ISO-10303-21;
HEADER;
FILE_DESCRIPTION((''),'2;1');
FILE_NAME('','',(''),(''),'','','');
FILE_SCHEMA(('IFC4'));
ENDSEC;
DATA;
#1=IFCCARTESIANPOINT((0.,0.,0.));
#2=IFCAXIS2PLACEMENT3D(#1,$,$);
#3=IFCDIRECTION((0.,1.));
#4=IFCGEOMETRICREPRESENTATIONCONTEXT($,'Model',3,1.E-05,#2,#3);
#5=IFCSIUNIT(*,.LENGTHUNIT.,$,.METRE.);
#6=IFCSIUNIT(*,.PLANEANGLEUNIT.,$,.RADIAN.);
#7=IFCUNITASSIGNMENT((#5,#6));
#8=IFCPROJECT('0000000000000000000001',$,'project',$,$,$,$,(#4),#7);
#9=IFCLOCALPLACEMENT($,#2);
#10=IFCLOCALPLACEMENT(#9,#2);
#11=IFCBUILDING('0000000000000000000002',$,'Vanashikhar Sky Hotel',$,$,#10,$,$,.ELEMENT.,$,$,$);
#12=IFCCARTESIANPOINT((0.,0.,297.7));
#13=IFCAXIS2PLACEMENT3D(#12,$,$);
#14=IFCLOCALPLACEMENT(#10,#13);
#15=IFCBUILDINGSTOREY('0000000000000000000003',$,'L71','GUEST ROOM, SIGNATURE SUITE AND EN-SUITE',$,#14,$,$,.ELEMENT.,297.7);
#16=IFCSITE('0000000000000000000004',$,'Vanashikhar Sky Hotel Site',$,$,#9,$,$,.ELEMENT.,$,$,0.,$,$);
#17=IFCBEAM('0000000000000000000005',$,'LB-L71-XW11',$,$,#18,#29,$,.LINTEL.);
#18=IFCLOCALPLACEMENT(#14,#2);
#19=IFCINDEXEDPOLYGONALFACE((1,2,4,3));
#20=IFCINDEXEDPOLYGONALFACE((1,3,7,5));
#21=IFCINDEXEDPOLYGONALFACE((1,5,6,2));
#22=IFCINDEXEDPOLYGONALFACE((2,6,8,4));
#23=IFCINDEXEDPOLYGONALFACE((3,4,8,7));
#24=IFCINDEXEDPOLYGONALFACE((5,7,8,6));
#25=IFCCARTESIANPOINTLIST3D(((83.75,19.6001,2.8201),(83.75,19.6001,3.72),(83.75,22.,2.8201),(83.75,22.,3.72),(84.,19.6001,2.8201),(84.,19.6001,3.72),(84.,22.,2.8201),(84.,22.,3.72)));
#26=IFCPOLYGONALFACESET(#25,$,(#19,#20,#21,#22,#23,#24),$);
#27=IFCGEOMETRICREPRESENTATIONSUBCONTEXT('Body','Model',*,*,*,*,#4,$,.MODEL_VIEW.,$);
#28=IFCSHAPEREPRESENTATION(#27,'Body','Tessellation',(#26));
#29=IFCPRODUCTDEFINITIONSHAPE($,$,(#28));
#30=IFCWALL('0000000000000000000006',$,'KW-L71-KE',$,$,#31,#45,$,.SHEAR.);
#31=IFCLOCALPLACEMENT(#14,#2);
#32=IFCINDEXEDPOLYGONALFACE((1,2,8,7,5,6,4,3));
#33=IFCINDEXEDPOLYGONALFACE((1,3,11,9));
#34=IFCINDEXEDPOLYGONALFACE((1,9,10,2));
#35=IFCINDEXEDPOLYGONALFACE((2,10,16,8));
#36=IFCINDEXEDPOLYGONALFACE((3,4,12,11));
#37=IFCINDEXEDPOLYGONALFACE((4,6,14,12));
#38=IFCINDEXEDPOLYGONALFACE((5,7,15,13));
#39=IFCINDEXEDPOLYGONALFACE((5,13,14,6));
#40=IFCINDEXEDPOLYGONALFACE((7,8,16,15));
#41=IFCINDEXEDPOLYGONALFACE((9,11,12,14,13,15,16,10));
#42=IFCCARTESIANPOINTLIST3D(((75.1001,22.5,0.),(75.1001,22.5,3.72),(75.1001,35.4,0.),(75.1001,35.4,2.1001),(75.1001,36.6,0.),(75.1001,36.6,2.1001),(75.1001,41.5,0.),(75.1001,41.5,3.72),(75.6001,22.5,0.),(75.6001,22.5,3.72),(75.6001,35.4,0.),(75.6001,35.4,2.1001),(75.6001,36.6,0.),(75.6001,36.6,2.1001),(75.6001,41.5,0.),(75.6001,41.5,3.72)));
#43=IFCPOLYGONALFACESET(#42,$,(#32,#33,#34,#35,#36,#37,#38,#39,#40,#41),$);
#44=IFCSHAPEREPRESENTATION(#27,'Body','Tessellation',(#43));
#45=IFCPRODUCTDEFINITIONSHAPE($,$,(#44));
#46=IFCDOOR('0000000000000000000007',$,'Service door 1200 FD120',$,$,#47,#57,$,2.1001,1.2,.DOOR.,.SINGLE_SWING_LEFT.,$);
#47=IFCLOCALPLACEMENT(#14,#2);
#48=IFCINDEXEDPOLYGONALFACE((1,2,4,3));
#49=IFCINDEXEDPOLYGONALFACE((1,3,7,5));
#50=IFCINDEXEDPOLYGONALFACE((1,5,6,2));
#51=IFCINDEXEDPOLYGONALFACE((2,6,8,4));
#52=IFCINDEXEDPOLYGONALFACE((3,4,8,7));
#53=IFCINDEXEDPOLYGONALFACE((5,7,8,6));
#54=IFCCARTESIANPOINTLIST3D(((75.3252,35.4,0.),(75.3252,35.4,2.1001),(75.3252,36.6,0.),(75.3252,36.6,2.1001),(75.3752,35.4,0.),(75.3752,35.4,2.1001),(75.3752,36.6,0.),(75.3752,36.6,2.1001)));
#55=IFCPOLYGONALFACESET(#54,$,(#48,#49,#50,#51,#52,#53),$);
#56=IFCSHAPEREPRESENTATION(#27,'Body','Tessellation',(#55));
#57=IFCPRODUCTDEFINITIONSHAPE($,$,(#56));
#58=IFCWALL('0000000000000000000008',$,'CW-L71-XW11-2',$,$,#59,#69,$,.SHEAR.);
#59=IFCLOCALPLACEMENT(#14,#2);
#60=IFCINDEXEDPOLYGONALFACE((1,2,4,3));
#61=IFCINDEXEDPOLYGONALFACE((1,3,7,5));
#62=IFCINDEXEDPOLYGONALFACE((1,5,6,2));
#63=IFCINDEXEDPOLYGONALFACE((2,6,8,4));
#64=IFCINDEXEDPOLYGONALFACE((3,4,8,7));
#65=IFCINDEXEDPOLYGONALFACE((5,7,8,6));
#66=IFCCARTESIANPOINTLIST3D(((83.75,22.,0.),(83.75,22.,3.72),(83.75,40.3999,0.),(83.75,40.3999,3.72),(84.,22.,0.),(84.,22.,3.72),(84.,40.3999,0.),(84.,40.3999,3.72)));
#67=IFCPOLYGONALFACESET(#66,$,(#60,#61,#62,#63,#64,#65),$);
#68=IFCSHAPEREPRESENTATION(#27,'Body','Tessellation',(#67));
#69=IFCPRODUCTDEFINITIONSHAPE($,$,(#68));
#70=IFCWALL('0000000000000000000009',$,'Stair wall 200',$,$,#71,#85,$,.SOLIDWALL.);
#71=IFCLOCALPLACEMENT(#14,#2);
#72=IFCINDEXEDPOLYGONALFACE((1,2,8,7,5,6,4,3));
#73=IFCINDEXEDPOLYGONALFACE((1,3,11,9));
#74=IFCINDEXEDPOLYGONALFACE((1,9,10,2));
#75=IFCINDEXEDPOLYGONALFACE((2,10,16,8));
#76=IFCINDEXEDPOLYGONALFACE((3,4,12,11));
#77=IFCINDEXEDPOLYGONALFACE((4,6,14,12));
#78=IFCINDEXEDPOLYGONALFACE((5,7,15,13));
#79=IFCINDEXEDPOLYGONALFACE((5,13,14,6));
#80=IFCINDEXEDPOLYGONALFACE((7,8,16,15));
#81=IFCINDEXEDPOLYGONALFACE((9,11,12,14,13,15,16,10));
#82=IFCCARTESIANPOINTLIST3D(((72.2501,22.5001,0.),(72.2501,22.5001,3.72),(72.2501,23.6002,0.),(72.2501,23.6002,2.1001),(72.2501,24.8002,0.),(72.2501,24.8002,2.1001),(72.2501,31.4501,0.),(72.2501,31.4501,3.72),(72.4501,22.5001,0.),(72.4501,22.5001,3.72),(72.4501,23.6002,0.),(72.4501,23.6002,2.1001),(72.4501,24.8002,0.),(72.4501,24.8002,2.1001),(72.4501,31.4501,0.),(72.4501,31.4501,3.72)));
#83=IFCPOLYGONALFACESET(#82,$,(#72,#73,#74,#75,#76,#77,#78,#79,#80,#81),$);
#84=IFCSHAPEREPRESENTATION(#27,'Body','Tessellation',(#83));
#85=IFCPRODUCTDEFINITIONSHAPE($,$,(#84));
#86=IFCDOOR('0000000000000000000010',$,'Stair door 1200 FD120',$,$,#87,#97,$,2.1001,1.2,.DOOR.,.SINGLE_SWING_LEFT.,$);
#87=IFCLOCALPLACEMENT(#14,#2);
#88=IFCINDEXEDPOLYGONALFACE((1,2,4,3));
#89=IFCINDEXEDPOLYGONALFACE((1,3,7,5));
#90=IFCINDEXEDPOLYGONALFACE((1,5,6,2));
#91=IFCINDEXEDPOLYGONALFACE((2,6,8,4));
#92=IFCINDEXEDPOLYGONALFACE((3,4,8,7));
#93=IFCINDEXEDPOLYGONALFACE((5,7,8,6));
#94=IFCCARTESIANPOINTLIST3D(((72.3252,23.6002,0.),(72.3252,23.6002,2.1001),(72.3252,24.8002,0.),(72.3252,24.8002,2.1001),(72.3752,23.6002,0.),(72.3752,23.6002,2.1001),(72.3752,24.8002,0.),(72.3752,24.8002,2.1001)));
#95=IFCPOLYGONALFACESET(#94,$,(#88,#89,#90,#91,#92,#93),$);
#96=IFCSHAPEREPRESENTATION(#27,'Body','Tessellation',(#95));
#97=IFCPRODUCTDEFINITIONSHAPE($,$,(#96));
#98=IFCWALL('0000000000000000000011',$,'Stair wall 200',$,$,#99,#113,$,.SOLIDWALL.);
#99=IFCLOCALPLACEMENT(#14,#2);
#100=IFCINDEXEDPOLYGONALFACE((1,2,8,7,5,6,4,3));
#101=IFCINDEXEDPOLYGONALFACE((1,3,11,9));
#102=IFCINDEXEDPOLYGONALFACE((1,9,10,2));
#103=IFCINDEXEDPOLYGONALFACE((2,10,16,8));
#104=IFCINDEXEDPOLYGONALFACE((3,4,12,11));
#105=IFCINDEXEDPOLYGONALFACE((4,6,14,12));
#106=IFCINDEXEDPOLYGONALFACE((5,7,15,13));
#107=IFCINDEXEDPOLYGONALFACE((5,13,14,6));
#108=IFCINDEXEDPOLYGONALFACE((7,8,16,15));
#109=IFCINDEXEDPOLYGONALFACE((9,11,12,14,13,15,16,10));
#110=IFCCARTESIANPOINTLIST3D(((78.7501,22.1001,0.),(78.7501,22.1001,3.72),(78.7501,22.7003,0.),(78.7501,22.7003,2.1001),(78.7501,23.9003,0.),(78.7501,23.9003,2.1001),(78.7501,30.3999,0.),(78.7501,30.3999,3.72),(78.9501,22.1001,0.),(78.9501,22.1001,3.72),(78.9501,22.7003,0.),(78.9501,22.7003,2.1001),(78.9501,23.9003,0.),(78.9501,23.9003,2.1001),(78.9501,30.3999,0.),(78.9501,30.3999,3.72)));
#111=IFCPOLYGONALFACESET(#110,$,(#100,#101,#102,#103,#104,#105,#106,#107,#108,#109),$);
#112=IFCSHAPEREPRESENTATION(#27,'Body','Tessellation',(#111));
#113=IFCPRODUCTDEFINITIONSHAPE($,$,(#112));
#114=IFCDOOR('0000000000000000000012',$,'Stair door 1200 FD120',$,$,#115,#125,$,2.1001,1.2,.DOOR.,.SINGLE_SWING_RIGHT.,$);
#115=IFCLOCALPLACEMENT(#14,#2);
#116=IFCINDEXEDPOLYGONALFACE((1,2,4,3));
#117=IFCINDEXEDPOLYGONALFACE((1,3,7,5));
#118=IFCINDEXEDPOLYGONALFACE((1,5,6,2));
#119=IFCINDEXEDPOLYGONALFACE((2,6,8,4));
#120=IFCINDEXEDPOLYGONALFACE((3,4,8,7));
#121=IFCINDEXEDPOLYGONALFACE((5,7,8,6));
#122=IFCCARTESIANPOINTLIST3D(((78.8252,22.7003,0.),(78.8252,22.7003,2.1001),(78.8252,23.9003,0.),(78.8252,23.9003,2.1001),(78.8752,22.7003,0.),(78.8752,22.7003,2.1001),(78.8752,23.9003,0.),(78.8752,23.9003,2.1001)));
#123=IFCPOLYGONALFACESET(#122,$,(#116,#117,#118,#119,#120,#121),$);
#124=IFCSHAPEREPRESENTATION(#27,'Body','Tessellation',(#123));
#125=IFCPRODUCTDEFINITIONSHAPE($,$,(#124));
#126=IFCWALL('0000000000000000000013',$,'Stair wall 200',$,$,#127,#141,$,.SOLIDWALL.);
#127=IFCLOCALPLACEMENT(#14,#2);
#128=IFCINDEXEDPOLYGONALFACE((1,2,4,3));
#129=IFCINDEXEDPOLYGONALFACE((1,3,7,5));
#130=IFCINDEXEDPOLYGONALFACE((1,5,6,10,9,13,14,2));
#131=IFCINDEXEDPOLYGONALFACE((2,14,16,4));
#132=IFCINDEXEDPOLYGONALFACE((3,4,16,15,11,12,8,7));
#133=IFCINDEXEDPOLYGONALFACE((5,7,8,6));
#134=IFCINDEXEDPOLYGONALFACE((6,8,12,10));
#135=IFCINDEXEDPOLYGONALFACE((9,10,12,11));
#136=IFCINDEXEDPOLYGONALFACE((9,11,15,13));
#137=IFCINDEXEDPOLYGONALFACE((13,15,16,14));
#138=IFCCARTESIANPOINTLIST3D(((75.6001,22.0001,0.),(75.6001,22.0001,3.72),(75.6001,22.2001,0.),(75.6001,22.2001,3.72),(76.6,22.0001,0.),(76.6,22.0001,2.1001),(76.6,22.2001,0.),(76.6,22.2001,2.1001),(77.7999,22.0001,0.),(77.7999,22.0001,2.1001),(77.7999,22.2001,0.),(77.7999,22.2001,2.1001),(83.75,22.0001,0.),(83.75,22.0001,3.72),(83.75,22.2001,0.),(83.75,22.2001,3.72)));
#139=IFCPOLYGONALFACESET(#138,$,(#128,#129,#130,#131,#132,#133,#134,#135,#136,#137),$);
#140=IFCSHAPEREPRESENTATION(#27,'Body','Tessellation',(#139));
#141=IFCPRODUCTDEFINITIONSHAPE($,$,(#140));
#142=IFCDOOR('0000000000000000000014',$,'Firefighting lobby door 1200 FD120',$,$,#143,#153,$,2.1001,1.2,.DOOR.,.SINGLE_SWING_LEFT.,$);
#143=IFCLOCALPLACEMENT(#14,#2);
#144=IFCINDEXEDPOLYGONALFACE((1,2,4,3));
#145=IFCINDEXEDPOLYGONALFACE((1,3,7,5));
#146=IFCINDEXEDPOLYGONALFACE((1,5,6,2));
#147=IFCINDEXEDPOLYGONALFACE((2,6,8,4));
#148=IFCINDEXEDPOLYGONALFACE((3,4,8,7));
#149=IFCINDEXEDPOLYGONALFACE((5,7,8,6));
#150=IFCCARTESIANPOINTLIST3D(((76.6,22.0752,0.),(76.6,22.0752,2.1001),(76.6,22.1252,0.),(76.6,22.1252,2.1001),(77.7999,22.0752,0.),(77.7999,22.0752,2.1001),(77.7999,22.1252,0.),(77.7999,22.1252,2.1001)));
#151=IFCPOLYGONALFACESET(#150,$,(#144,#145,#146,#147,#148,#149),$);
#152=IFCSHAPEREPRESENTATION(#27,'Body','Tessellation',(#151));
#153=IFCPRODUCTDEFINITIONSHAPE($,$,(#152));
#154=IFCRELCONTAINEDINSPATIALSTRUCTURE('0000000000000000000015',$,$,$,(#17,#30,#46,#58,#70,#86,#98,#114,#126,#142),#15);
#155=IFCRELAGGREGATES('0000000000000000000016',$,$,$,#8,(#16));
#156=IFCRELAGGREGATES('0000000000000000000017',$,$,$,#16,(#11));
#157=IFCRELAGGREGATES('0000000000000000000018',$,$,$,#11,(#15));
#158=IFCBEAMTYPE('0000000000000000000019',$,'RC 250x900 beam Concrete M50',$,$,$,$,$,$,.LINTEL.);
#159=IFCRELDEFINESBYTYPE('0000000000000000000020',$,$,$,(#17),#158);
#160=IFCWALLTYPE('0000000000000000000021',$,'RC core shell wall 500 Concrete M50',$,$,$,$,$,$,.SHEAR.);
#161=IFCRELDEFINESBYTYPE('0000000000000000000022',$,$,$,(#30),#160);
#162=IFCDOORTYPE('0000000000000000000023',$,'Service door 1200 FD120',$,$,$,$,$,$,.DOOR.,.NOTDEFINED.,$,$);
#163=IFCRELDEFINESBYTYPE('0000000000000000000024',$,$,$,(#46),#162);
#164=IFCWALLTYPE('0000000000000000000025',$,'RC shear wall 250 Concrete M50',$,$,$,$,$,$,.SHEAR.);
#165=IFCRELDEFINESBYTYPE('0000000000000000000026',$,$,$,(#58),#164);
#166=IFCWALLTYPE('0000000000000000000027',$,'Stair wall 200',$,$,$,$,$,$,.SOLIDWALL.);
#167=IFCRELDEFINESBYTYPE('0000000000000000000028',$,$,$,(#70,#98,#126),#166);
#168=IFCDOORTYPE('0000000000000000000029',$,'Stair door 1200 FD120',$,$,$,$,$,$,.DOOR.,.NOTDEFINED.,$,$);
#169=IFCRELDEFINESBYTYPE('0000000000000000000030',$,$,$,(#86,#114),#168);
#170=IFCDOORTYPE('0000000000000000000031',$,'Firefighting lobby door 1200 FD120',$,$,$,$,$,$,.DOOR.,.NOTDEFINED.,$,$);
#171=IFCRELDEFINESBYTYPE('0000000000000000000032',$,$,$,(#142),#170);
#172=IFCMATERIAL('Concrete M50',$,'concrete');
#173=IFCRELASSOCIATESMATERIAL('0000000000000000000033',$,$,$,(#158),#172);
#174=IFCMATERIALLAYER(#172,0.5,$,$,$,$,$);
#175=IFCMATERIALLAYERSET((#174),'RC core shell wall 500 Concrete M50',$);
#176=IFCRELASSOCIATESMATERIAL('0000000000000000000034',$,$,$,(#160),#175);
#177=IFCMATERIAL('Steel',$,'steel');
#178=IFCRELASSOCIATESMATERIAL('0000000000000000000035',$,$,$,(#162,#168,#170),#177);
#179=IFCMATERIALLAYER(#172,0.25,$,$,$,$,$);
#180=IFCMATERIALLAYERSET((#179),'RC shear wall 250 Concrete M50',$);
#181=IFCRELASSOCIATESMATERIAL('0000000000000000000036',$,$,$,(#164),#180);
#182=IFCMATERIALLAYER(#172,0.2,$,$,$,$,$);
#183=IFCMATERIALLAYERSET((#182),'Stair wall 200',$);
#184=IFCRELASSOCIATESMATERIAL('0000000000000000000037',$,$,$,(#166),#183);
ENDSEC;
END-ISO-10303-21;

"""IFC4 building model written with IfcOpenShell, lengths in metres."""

from ifc_helpers import new_model, si_unit, direction, frame, frame_2d, origin, origin_2d, place, context, subcontext, project, spatial, rectangle, extrude, source, transform, mapped, material, layer, layer_set, material_profile, profile_set, type_object, element, fill, save


model = new_model("IFC4")

# Units and contexts
model_context = context("Model", 3, precision=1e-05, world=origin(), true_north=direction((0.0, 1.0)))
body_context = subcontext(model_context, "Body", "Model", "MODEL_VIEW")
ifc_project = project(units=[si_unit("LENGTHUNIT", "METRE"), si_unit("PLANEANGLEUNIT", "RADIAN")], contexts=[model_context])

# Site, building, storey
site_placement = place(None, origin())
site = spatial("IfcSite", under=ifc_project, at=site_placement, Name="Vanashikhar Sky Hotel Site", CompositionType="ELEMENT", RefElevation=0.0)
building_placement = place(site_placement, origin())
building = spatial("IfcBuilding", under=site, at=building_placement, Name="Vanashikhar Sky Hotel", CompositionType="ELEMENT")
storey_placement = place(building_placement, frame((0.0, 0.0, 297.7)))
storey = spatial("IfcBuildingStorey", under=building, at=storey_placement, Name="L71", Description="GUEST ROOM, SIGNATURE SUITE AND EN-SUITE", CompositionType="ELEMENT", Elevation=297.7)

# Beam
ifc_material_1 = material(Name="Concrete M50", Category="concrete")
ifc_material_profile = material_profile(ifc_material_1, rectangle(XDim=0.25, YDim=0.8999, at=origin_2d()))
ifc_profile_set = profile_set([ifc_material_profile], Name="RC 250x900 beam Concrete M50")
beam_type = type_object("IfcBeamType", Name="RC 250x900 beam Concrete M50", PredefinedType="LINTEL", material=ifc_profile_set)
shared_shape_1 = source(origin(), body_context, "Body", "SweptSolid", [
    extrude(rectangle(XDim=0.25, YDim=0.8999, at=origin_2d()), origin(), (0.0, 0.0, 1.0), 2.3999),
])
beam_placement = place(storey_placement, frame((83.875, 19.6001, 3.27), z_axis=(0.0, 1.0, 0.0), x_axis=(-1.0, 0.0, 0.0)))
element("IfcBeam", 1, at=beam_placement, inside=storey, type_object=beam_type, Name="LB-L71-XW11", PredefinedType="LINTEL", context=body_context, shape_type="MappedRepresentation", body=[
    mapped(shared_shape_1, transform((0.0, 0.0, 0.0), scale=1.0)),
])

# Wall, opening, door
ifc_layer_1 = layer(ifc_material_1, 0.5)
ifc_layer_set_1 = layer_set([ifc_layer_1], Name="RC core shell wall 500 Concrete M50")
wall_type_1 = type_object("IfcWallType", Name="RC core shell wall 500 Concrete M50", PredefinedType="SHEAR", material=ifc_layer_set_1)
shared_shape_2 = source(origin(), body_context, "Body", "SweptSolid", [
    extrude(rectangle(XDim=19.0, YDim=0.5, at=frame_2d((9.5, 0.0))), origin(), (0.0, 0.0, 1.0), 3.72),
])
wall_1_placement = place(storey_placement, frame((75.3501, 22.5, 0.0), z_axis=(0.0, 0.0, 1.0), x_axis=(0.0, 1.0, 0.0)))
wall_1 = element("IfcWall", 2, at=wall_1_placement, inside=storey, type_object=wall_type_1, Name="KW-L71-KE", PredefinedType="SHEAR", context=body_context, shape_type="MappedRepresentation", body=[
    mapped(shared_shape_2, transform((0.0, 0.0, 0.0), scale=1.0)),
])
shared_shape_3 = source(origin(), body_context, "Body", "SweptSolid", [
    extrude(rectangle(XDim=1.2, YDim=2.1001, at=frame_2d((0.6001, 1.05))), frame((0.0, 0.26, 0.0), z_axis=(0.0, -1.0, 0.0), x_axis=(1.0, 0.0, 0.0)), (0.0, 0.0, 1.0), 0.52),
])
opening_1_placement = place(wall_1_placement, frame((12.8999, 0.0, 0.0)))
opening_1 = element("IfcOpeningElement", 3, at=opening_1_placement, cuts=wall_1, PredefinedType="OPENING", context=body_context, shape_type="MappedRepresentation", body=[
    mapped(shared_shape_3, transform((0.0, 0.0, 0.0), scale=1.0)),
])
ifc_material_2 = material(Name="Steel", Category="steel")
door_type_1 = type_object("IfcDoorType", Name="Service door 1200 FD120", OperationType="NOTDEFINED", PredefinedType="DOOR", material=ifc_material_2)
shared_shape_4 = source(origin(), body_context, "Body", "SweptSolid", [
    extrude(rectangle(XDim=1.2, YDim=2.1001, at=frame_2d((0.6001, 1.05))), frame((0.0, 0.0249, 0.0), z_axis=(0.0, -1.0, 0.0), x_axis=(1.0, 0.0, 0.0)), (0.0, 0.0, 1.0), 0.05),
])
door_1_placement = place(opening_1_placement, origin())
door_1 = element("IfcDoor", 4, at=door_1_placement, inside=storey, type_object=door_type_1, Name="Service door 1200 FD120", OperationType="SINGLE_SWING_LEFT", OverallHeight=2.1001, OverallWidth=1.2, PredefinedType="DOOR", context=body_context, shape_type="MappedRepresentation", body=[
    mapped(shared_shape_4, transform((0.0, 0.0, 0.0), scale=1.0)),
])
fill(opening_1, door_1)

# Wall
ifc_layer_2 = layer(ifc_material_1, 0.25)
ifc_layer_set_2 = layer_set([ifc_layer_2], Name="RC shear wall 250 Concrete M50")
wall_type_2 = type_object("IfcWallType", Name="RC shear wall 250 Concrete M50", PredefinedType="SHEAR", material=ifc_layer_set_2)
shared_shape_5 = source(origin(), body_context, "Body", "SweptSolid", [
    extrude(rectangle(XDim=18.3999, YDim=0.25, at=frame_2d((9.2, 0.0))), origin(), (0.0, 0.0, 1.0), 3.72),
])
wall_2_placement = place(storey_placement, frame((83.875, 22.0, 0.0), z_axis=(0.0, 0.0, 1.0), x_axis=(0.0, 1.0, 0.0)))
element("IfcWall", 5, at=wall_2_placement, inside=storey, type_object=wall_type_2, Name="CW-L71-XW11-2", PredefinedType="SHEAR", context=body_context, shape_type="MappedRepresentation", body=[
    mapped(shared_shape_5, transform((0.0, 0.0, 0.0), scale=1.0)),
])

# Walls, openings, doors
ifc_layer_3 = layer(ifc_material_1, 0.2)
ifc_layer_set_3 = layer_set([ifc_layer_3], Name="Stair wall 200")
wall_type_3 = type_object("IfcWallType", Name="Stair wall 200", PredefinedType="SOLIDWALL", material=ifc_layer_set_3)
shared_shape_6 = source(origin(), body_context, "Body", "SweptSolid", [
    extrude(rectangle(XDim=8.95, YDim=0.2, at=frame_2d((4.4751, 0.0))), origin(), (0.0, 0.0, 1.0), 3.72),
])
wall_3_placement = place(storey_placement, frame((72.3501, 22.5, 0.0), z_axis=(0.0, 0.0, 1.0), x_axis=(0.0, 1.0, 0.0)))
wall_3 = element("IfcWall", 6, at=wall_3_placement, inside=storey, type_object=wall_type_3, Name="Stair wall 200", PredefinedType="SOLIDWALL", context=body_context, shape_type="MappedRepresentation", body=[
    mapped(shared_shape_6, transform((0.0, 0.0, 0.0), scale=1.0)),
])
shared_shape_7 = source(origin(), body_context, "Body", "SweptSolid", [
    extrude(rectangle(XDim=1.2, YDim=2.1001, at=frame_2d((0.6001, 1.05))), frame((0.0, 0.1099, 0.0), z_axis=(0.0, -1.0, 0.0), x_axis=(1.0, 0.0, 0.0)), (0.0, 0.0, 1.0), 0.22),
])
opening_2_placement = place(wall_3_placement, frame((1.1001, 0.0, 0.0)))
opening_2 = element("IfcOpeningElement", 7, at=opening_2_placement, cuts=wall_3, PredefinedType="OPENING", context=body_context, shape_type="MappedRepresentation", body=[
    mapped(shared_shape_7, transform((0.0, 0.0, 0.0), scale=1.0)),
])
door_type_2 = type_object("IfcDoorType", Name="Stair door 1200 FD120", OperationType="NOTDEFINED", PredefinedType="DOOR", material=ifc_material_2)
door_2_placement = place(opening_2_placement, origin())
door_2 = element("IfcDoor", 8, at=door_2_placement, inside=storey, type_object=door_type_2, Name="Stair door 1200 FD120", OperationType="SINGLE_SWING_LEFT", OverallHeight=2.1001, OverallWidth=1.2, PredefinedType="DOOR", context=body_context, shape_type="MappedRepresentation", body=[
    mapped(shared_shape_4, transform((0.0, 0.0, 0.0), scale=1.0)),
])
fill(opening_2, door_2)
shared_shape_8 = source(origin(), body_context, "Body", "SweptSolid", [
    extrude(rectangle(XDim=8.2998, YDim=0.2, at=frame_2d((4.1499, 0.0))), origin(), (0.0, 0.0, 1.0), 3.72),
])
wall_4_placement = place(storey_placement, frame((78.8501, 22.1001, 0.0), z_axis=(0.0, 0.0, 1.0), x_axis=(0.0, 1.0, 0.0)))
wall_4 = element("IfcWall", 9, at=wall_4_placement, inside=storey, type_object=wall_type_3, Name="Stair wall 200", PredefinedType="SOLIDWALL", context=body_context, shape_type="MappedRepresentation", body=[
    mapped(shared_shape_8, transform((0.0, 0.0, 0.0), scale=1.0)),
])
opening_3_placement = place(wall_4_placement, frame((0.6001, 0.0, 0.0)))
opening_3 = element("IfcOpeningElement", 10, at=opening_3_placement, cuts=wall_4, PredefinedType="OPENING", context=body_context, shape_type="MappedRepresentation", body=[
    mapped(shared_shape_7, transform((0.0, 0.0, 0.0), scale=1.0)),
])
door_3_placement = place(opening_3_placement, origin())
door_3 = element("IfcDoor", 11, at=door_3_placement, inside=storey, type_object=door_type_2, Name="Stair door 1200 FD120", OperationType="SINGLE_SWING_RIGHT", OverallHeight=2.1001, OverallWidth=1.2, PredefinedType="DOOR", context=body_context, shape_type="MappedRepresentation", body=[
    mapped(shared_shape_4, transform((0.0, 0.0, 0.0), scale=1.0)),
])
fill(opening_3, door_3)
shared_shape_9 = source(origin(), body_context, "Body", "SweptSolid", [
    extrude(rectangle(XDim=8.1499, YDim=0.2, at=frame_2d((4.075, 0.0))), origin(), (0.0, 0.0, 1.0), 3.72),
])
wall_5_placement = place(storey_placement, frame((83.75, 22.1001, 0.0), z_axis=(0.0, 0.0, 1.0), x_axis=(-1.0, 0.0, 0.0)))
wall_5 = element("IfcWall", 12, at=wall_5_placement, inside=storey, type_object=wall_type_3, Name="Stair wall 200", PredefinedType="SOLIDWALL", context=body_context, shape_type="MappedRepresentation", body=[
    mapped(shared_shape_9, transform((0.0, 0.0, 0.0), scale=1.0)),
])
opening_4_placement = place(wall_5_placement, frame((5.95, 0.0, 0.0)))
opening_4 = element("IfcOpeningElement", 13, at=opening_4_placement, cuts=wall_5, PredefinedType="OPENING", context=body_context, shape_type="MappedRepresentation", body=[
    mapped(shared_shape_7, transform((0.0, 0.0, 0.0), scale=1.0)),
])
door_type_3 = type_object("IfcDoorType", Name="Firefighting lobby door 1200 FD120", OperationType="NOTDEFINED", PredefinedType="DOOR", material=ifc_material_2)
door_4_placement = place(opening_4_placement, origin())
door_4 = element("IfcDoor", 14, at=door_4_placement, inside=storey, type_object=door_type_3, Name="Firefighting lobby door 1200 FD120", OperationType="SINGLE_SWING_LEFT", OverallHeight=2.1001, OverallWidth=1.2, PredefinedType="DOOR", context=body_context, shape_type="MappedRepresentation", body=[
    mapped(shared_shape_4, transform((0.0, 0.0, 0.0), scale=1.0)),
])
fill(opening_4, door_4)

save(model, "model.ifc")
